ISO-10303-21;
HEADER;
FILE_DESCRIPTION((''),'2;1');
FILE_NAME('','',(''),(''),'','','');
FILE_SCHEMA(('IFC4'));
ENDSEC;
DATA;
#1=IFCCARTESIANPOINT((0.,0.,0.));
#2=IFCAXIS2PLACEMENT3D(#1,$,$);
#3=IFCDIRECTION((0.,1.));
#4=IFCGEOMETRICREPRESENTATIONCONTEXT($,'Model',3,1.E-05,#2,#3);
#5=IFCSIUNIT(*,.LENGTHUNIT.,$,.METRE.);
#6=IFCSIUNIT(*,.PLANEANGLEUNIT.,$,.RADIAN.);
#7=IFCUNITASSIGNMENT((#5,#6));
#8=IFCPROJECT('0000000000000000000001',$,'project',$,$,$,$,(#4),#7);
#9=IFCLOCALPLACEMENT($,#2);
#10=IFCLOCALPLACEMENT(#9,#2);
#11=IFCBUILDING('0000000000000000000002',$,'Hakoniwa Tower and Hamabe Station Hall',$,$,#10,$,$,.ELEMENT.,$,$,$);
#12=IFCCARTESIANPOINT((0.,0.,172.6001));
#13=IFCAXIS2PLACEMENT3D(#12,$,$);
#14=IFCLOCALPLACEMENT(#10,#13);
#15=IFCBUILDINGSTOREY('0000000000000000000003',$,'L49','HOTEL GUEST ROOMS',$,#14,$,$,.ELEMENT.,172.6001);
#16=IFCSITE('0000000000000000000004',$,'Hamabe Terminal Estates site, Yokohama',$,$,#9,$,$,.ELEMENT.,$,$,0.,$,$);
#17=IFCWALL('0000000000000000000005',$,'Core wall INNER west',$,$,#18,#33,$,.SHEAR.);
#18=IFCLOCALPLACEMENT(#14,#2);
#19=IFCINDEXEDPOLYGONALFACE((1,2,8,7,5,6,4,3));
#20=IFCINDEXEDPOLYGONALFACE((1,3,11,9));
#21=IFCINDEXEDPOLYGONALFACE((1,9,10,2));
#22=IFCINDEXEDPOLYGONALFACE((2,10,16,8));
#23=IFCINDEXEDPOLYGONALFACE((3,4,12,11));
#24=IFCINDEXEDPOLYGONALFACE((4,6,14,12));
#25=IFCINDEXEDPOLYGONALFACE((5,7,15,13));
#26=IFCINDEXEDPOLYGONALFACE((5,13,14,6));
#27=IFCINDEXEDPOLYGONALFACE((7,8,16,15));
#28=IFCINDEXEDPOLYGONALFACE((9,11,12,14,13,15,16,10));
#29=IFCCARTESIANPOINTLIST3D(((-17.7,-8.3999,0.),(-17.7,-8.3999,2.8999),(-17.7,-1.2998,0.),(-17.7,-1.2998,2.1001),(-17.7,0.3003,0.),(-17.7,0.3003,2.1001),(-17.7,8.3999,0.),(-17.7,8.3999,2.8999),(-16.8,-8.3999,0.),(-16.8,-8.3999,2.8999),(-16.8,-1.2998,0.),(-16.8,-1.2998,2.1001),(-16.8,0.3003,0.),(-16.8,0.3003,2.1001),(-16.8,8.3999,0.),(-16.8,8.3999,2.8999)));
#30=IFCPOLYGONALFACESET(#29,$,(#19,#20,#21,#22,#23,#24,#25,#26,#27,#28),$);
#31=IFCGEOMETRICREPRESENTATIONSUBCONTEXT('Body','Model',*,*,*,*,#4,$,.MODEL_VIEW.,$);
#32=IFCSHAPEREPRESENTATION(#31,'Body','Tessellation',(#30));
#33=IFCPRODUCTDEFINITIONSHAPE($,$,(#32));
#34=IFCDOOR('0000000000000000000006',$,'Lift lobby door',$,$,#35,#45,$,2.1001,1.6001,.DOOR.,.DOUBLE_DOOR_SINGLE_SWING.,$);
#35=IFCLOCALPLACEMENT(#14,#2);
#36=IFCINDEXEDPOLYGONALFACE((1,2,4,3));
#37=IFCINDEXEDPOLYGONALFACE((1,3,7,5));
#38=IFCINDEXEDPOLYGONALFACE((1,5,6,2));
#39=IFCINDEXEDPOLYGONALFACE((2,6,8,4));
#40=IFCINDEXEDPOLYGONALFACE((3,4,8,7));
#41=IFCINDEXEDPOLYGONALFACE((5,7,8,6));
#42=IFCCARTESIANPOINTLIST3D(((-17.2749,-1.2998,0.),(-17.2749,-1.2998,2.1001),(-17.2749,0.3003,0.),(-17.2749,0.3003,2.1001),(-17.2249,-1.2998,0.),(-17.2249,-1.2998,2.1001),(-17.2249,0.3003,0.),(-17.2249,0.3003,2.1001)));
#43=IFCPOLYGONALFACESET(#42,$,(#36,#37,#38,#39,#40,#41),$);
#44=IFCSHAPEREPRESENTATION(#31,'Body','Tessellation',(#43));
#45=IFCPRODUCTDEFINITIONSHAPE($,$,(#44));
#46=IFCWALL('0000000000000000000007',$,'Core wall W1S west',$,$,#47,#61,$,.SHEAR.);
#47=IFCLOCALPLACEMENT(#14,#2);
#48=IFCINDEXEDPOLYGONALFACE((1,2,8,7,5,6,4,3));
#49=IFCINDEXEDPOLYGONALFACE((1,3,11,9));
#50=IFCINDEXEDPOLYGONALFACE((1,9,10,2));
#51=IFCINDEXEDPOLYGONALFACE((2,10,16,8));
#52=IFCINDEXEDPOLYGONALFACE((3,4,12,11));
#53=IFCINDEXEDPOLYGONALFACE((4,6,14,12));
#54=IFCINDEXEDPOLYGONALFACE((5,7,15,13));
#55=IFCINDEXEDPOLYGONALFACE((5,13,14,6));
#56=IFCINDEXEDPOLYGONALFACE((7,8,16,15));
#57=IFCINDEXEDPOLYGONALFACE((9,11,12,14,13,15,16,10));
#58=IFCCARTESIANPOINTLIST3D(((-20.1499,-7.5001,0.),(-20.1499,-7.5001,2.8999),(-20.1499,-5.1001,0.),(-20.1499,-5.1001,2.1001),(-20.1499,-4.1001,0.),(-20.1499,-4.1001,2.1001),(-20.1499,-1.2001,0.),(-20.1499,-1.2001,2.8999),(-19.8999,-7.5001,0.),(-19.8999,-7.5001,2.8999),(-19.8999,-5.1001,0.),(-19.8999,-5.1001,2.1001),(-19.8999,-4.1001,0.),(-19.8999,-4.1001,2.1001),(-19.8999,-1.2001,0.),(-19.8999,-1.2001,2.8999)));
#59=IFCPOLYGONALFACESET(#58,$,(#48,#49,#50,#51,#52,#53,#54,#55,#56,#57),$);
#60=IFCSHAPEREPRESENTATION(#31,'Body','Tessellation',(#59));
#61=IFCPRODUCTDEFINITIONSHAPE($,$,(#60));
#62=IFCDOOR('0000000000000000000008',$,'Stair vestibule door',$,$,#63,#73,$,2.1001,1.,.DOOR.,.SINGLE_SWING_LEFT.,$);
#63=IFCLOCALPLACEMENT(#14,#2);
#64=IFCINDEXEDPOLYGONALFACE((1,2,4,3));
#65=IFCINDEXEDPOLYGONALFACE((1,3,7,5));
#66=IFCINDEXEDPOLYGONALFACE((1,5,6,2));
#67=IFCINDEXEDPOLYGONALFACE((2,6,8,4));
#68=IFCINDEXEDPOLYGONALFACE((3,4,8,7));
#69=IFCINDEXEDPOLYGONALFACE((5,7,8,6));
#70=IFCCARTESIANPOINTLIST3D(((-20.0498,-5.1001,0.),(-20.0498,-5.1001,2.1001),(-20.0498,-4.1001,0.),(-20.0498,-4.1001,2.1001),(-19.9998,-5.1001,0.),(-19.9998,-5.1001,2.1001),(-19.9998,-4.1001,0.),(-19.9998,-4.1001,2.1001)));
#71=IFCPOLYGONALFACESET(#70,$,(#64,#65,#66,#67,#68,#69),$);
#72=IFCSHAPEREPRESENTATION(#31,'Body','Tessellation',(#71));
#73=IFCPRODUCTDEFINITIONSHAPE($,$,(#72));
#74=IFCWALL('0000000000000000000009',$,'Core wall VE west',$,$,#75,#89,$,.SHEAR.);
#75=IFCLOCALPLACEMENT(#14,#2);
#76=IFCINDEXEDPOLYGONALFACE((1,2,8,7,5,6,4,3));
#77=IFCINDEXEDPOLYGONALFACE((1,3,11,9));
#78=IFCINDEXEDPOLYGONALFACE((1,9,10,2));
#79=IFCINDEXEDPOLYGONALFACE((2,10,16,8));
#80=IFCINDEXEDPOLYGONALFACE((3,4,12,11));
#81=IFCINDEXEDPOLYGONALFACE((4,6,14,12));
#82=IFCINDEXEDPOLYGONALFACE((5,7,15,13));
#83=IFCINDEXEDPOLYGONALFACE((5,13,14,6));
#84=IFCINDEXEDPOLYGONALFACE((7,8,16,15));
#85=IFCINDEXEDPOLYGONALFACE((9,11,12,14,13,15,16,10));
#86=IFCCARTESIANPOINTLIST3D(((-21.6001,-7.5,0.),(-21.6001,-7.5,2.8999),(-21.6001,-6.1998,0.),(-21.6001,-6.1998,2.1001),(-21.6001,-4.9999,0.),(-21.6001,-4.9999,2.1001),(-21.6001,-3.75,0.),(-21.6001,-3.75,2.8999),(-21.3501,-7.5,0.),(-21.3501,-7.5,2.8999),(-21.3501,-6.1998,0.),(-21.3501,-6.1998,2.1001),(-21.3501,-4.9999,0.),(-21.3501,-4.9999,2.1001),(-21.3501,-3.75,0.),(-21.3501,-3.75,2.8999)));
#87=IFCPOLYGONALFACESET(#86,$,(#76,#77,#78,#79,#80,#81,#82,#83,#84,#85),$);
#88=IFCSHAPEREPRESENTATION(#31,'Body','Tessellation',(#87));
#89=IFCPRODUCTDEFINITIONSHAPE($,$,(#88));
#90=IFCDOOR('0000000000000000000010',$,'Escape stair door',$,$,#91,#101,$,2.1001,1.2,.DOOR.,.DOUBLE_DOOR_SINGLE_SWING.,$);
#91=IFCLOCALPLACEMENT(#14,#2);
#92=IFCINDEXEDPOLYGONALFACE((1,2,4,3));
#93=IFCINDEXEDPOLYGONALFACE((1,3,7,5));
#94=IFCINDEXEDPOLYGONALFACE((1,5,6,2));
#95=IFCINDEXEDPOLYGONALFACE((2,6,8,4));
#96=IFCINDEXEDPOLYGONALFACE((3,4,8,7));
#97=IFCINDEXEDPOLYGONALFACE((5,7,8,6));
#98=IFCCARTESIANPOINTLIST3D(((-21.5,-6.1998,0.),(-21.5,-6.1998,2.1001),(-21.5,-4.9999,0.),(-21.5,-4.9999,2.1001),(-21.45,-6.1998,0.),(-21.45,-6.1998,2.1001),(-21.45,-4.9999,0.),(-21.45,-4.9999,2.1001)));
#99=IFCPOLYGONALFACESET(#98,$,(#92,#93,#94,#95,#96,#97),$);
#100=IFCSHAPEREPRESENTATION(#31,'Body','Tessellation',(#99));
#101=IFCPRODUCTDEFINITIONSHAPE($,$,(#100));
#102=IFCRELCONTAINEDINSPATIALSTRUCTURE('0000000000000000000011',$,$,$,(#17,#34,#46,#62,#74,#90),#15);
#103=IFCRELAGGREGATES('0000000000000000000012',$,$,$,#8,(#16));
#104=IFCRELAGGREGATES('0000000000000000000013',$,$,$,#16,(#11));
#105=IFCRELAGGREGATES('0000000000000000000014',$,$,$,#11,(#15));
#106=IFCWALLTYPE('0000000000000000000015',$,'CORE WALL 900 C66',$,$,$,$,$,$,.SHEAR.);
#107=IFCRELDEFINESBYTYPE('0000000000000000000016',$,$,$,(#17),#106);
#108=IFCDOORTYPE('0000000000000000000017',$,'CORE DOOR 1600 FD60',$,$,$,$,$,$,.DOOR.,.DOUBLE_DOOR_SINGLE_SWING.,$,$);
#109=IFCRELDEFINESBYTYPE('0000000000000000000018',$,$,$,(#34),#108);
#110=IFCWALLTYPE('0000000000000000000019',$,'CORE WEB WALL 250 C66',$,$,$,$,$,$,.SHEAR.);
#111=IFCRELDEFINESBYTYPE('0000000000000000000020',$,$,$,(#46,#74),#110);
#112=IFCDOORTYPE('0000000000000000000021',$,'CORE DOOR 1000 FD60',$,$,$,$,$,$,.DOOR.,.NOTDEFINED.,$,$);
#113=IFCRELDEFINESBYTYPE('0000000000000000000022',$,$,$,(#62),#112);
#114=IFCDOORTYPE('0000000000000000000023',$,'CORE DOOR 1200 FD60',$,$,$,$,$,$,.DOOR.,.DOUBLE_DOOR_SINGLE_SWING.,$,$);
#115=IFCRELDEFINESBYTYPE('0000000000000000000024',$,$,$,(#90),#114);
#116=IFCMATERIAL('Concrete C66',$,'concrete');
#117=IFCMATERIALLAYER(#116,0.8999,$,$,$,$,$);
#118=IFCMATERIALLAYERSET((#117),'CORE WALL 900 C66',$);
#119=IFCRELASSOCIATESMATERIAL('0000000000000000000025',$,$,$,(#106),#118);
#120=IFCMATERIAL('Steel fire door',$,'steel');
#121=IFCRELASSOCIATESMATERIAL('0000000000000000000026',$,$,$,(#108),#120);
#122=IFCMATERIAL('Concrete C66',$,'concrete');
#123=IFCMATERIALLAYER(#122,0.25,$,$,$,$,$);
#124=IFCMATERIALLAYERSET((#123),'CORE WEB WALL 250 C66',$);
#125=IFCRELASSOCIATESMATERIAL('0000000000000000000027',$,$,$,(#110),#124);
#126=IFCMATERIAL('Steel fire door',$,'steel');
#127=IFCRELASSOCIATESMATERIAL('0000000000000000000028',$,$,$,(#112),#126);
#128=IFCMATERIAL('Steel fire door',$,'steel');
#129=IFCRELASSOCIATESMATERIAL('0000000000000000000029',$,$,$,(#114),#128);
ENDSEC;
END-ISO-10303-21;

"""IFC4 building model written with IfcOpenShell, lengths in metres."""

from ifc_helpers import new_model, si_unit, direction, frame, frame_2d, origin, place, context, subcontext, project, spatial, rectangle, extrude, material, layer, layer_set, type_object, element, fill, save


model = new_model("IFC4")

# Units and contexts
model_context = context("Model", 3, precision=1e-05, world=origin(), true_north=direction((0.0, 1.0)))
body_context = subcontext(model_context, "Body", "Model", "MODEL_VIEW")
ifc_project = project(units=[si_unit("LENGTHUNIT", "METRE"), si_unit("PLANEANGLEUNIT", "RADIAN")], contexts=[model_context])

# Site, building, storey
site_placement = place(None, origin())
site = spatial("IfcSite", under=ifc_project, at=site_placement, Name="Hamabe Terminal Estates site, Yokohama", CompositionType="ELEMENT", RefElevation=0.0)
building_placement = place(site_placement, origin())
building = spatial("IfcBuilding", under=site, at=building_placement, Name="Hakoniwa Tower and Hamabe Station Hall", CompositionType="ELEMENT")
storey_placement = place(building_placement, frame((0.0, 0.0, 172.6001)))
storey = spatial("IfcBuildingStorey", under=building, at=storey_placement, Name="L49", Description="HOTEL GUEST ROOMS", CompositionType="ELEMENT", Elevation=172.6001)

# Walls, openings, doors
ifc_material_1 = material(Name="Concrete C66", Category="concrete")
ifc_layer_1 = layer(ifc_material_1, 0.8999)
ifc_layer_set_1 = layer_set([ifc_layer_1], Name="CORE WALL 900 C66")
wall_type_1 = type_object("IfcWallType", Name="CORE WALL 900 C66", PredefinedType="SHEAR", material=ifc_layer_set_1)
wall_1_placement = place(storey_placement, frame((-17.25, -8.3999, 0.0), z_axis=(0.0, 0.0, 1.0), x_axis=(0.0, 1.0, 0.0)))
wall_1 = element("IfcWall", 1, at=wall_1_placement, inside=storey, type_object=wall_type_1, Name="Core wall INNER west", PredefinedType="SHEAR", context=body_context, shape_type="SweptSolid", body=[
    extrude(rectangle(XDim=16.7998, YDim=0.8999, at=frame_2d((8.3999, 0.0))), origin(), (0.0, 0.0, 1.0), 2.8999),
])
opening_1_placement = place(wall_1_placement, frame((7.1001, 0.0, 0.0)))
opening_1 = element("IfcOpeningElement", 2, at=opening_1_placement, cuts=wall_1, PredefinedType="OPENING", context=body_context, shape_type="SweptSolid", body=[
    extrude(rectangle(XDim=1.6001, YDim=2.1001, at=frame_2d((0.8, 1.05))), frame((0.0, 0.46, 0.0), z_axis=(0.0, -1.0, 0.0), x_axis=(1.0, 0.0, 0.0)), (0.0, 0.0, 1.0), 0.9199),
])
ifc_material_2 = material(Name="Steel fire door", Category="steel")
door_type_1 = type_object("IfcDoorType", Name="CORE DOOR 1600 FD60", OperationType="DOUBLE_DOOR_SINGLE_SWING", PredefinedType="DOOR", material=ifc_material_2)
door_1_placement = place(opening_1_placement, origin())
door_1 = element("IfcDoor", 3, at=door_1_placement, inside=storey, type_object=door_type_1, Name="Lift lobby door", OperationType="DOUBLE_DOOR_SINGLE_SWING", OverallHeight=2.1001, OverallWidth=1.6001, PredefinedType="DOOR", context=body_context, shape_type="SweptSolid", body=[
    extrude(rectangle(XDim=1.6001, YDim=2.1001, at=frame_2d((0.8, 1.05))), frame((0.0, 0.0249, 0.0), z_axis=(0.0, -1.0, 0.0), x_axis=(1.0, 0.0, 0.0)), (0.0, 0.0, 1.0), 0.05),
])
fill(opening_1, door_1)
ifc_material_3 = material(Name="Concrete C66", Category="concrete")
ifc_layer_2 = layer(ifc_material_3, 0.25)
ifc_layer_set_2 = layer_set([ifc_layer_2], Name="CORE WEB WALL 250 C66")
wall_type_2 = type_object("IfcWallType", Name="CORE WEB WALL 250 C66", PredefinedType="SHEAR", material=ifc_layer_set_2)
wall_2_placement = place(storey_placement, frame((-20.0249, -7.5, 0.0), z_axis=(0.0, 0.0, 1.0), x_axis=(0.0, 1.0, 0.0)))
wall_2 = element("IfcWall", 4, at=wall_2_placement, inside=storey, type_object=wall_type_2, Name="Core wall W1S west", PredefinedType="SHEAR", context=body_context, shape_type="SweptSolid", body=[
    extrude(rectangle(XDim=6.3, YDim=0.25, at=frame_2d((3.1499, 0.0))), origin(), (0.0, 0.0, 1.0), 2.8999),
])
opening_2_placement = place(wall_2_placement, frame((2.3999, 0.0, 0.0)))
opening_2 = element("IfcOpeningElement", 5, at=opening_2_placement, cuts=wall_2, PredefinedType="OPENING", context=body_context, shape_type="SweptSolid", body=[
    extrude(rectangle(XDim=1.0, YDim=2.1001, at=frame_2d((0.5, 1.05))), frame((0.0, 0.135, 0.0), z_axis=(0.0, -1.0, 0.0), x_axis=(1.0, 0.0, 0.0)), (0.0, 0.0, 1.0), 0.27),
])
ifc_material_4 = material(Name="Steel fire door", Category="steel")
door_type_2 = type_object("IfcDoorType", Name="CORE DOOR 1000 FD60", OperationType="NOTDEFINED", PredefinedType="DOOR", material=ifc_material_4)
door_2_placement = place(opening_2_placement, origin())
door_2 = element("IfcDoor", 6, at=door_2_placement, inside=storey, type_object=door_type_2, Name="Stair vestibule door", OperationType="SINGLE_SWING_LEFT", OverallHeight=2.1001, OverallWidth=1.0, PredefinedType="DOOR", context=body_context, shape_type="SweptSolid", body=[
    extrude(rectangle(XDim=1.0, YDim=2.1001, at=frame_2d((0.5, 1.05))), frame((0.0, 0.0249, 0.0), z_axis=(0.0, -1.0, 0.0), x_axis=(1.0, 0.0, 0.0)), (0.0, 0.0, 1.0), 0.05),
])
fill(opening_2, door_2)
wall_3_placement = place(storey_placement, frame((-21.4751, -7.5, 0.0), z_axis=(0.0, 0.0, 1.0), x_axis=(0.0, 1.0, 0.0)))
wall_3 = element("IfcWall", 7, at=wall_3_placement, inside=storey, type_object=wall_type_2, Name="Core wall VE west", PredefinedType="SHEAR", context=body_context, shape_type="SweptSolid", body=[
    extrude(rectangle(XDim=3.75, YDim=0.25, at=frame_2d((1.875, 0.0))), origin(), (0.0, 0.0, 1.0), 2.8999),
])
opening_3_placement = place(wall_3_placement, frame((1.3, 0.0, 0.0)))
opening_3 = element("IfcOpeningElement", 8, at=opening_3_placement, cuts=wall_3, PredefinedType="OPENING", context=body_context, shape_type="SweptSolid", body=[
    extrude(rectangle(XDim=1.2, YDim=2.1001, at=frame_2d((0.6001, 1.05))), frame((0.0, 0.135, 0.0), z_axis=(0.0, -1.0, 0.0), x_axis=(1.0, 0.0, 0.0)), (0.0, 0.0, 1.0), 0.27),
])
ifc_material_5 = material(Name="Steel fire door", Category="steel")
door_type_3 = type_object("IfcDoorType", Name="CORE DOOR 1200 FD60", OperationType="DOUBLE_DOOR_SINGLE_SWING", PredefinedType="DOOR", material=ifc_material_5)
door_3_placement = place(opening_3_placement, origin())
door_3 = element("IfcDoor", 9, at=door_3_placement, inside=storey, type_object=door_type_3, Name="Escape stair door", OperationType="DOUBLE_DOOR_SINGLE_SWING", OverallHeight=2.1001, OverallWidth=1.2, PredefinedType="DOOR", context=body_context, shape_type="SweptSolid", body=[
    extrude(rectangle(XDim=1.2, YDim=2.1001, at=frame_2d((0.6001, 1.05))), frame((0.0, 0.0249, 0.0), z_axis=(0.0, -1.0, 0.0), x_axis=(1.0, 0.0, 0.0)), (0.0, 0.0, 1.0), 0.05),
])
fill(opening_3, door_3)

save(model, "model.ifc")
